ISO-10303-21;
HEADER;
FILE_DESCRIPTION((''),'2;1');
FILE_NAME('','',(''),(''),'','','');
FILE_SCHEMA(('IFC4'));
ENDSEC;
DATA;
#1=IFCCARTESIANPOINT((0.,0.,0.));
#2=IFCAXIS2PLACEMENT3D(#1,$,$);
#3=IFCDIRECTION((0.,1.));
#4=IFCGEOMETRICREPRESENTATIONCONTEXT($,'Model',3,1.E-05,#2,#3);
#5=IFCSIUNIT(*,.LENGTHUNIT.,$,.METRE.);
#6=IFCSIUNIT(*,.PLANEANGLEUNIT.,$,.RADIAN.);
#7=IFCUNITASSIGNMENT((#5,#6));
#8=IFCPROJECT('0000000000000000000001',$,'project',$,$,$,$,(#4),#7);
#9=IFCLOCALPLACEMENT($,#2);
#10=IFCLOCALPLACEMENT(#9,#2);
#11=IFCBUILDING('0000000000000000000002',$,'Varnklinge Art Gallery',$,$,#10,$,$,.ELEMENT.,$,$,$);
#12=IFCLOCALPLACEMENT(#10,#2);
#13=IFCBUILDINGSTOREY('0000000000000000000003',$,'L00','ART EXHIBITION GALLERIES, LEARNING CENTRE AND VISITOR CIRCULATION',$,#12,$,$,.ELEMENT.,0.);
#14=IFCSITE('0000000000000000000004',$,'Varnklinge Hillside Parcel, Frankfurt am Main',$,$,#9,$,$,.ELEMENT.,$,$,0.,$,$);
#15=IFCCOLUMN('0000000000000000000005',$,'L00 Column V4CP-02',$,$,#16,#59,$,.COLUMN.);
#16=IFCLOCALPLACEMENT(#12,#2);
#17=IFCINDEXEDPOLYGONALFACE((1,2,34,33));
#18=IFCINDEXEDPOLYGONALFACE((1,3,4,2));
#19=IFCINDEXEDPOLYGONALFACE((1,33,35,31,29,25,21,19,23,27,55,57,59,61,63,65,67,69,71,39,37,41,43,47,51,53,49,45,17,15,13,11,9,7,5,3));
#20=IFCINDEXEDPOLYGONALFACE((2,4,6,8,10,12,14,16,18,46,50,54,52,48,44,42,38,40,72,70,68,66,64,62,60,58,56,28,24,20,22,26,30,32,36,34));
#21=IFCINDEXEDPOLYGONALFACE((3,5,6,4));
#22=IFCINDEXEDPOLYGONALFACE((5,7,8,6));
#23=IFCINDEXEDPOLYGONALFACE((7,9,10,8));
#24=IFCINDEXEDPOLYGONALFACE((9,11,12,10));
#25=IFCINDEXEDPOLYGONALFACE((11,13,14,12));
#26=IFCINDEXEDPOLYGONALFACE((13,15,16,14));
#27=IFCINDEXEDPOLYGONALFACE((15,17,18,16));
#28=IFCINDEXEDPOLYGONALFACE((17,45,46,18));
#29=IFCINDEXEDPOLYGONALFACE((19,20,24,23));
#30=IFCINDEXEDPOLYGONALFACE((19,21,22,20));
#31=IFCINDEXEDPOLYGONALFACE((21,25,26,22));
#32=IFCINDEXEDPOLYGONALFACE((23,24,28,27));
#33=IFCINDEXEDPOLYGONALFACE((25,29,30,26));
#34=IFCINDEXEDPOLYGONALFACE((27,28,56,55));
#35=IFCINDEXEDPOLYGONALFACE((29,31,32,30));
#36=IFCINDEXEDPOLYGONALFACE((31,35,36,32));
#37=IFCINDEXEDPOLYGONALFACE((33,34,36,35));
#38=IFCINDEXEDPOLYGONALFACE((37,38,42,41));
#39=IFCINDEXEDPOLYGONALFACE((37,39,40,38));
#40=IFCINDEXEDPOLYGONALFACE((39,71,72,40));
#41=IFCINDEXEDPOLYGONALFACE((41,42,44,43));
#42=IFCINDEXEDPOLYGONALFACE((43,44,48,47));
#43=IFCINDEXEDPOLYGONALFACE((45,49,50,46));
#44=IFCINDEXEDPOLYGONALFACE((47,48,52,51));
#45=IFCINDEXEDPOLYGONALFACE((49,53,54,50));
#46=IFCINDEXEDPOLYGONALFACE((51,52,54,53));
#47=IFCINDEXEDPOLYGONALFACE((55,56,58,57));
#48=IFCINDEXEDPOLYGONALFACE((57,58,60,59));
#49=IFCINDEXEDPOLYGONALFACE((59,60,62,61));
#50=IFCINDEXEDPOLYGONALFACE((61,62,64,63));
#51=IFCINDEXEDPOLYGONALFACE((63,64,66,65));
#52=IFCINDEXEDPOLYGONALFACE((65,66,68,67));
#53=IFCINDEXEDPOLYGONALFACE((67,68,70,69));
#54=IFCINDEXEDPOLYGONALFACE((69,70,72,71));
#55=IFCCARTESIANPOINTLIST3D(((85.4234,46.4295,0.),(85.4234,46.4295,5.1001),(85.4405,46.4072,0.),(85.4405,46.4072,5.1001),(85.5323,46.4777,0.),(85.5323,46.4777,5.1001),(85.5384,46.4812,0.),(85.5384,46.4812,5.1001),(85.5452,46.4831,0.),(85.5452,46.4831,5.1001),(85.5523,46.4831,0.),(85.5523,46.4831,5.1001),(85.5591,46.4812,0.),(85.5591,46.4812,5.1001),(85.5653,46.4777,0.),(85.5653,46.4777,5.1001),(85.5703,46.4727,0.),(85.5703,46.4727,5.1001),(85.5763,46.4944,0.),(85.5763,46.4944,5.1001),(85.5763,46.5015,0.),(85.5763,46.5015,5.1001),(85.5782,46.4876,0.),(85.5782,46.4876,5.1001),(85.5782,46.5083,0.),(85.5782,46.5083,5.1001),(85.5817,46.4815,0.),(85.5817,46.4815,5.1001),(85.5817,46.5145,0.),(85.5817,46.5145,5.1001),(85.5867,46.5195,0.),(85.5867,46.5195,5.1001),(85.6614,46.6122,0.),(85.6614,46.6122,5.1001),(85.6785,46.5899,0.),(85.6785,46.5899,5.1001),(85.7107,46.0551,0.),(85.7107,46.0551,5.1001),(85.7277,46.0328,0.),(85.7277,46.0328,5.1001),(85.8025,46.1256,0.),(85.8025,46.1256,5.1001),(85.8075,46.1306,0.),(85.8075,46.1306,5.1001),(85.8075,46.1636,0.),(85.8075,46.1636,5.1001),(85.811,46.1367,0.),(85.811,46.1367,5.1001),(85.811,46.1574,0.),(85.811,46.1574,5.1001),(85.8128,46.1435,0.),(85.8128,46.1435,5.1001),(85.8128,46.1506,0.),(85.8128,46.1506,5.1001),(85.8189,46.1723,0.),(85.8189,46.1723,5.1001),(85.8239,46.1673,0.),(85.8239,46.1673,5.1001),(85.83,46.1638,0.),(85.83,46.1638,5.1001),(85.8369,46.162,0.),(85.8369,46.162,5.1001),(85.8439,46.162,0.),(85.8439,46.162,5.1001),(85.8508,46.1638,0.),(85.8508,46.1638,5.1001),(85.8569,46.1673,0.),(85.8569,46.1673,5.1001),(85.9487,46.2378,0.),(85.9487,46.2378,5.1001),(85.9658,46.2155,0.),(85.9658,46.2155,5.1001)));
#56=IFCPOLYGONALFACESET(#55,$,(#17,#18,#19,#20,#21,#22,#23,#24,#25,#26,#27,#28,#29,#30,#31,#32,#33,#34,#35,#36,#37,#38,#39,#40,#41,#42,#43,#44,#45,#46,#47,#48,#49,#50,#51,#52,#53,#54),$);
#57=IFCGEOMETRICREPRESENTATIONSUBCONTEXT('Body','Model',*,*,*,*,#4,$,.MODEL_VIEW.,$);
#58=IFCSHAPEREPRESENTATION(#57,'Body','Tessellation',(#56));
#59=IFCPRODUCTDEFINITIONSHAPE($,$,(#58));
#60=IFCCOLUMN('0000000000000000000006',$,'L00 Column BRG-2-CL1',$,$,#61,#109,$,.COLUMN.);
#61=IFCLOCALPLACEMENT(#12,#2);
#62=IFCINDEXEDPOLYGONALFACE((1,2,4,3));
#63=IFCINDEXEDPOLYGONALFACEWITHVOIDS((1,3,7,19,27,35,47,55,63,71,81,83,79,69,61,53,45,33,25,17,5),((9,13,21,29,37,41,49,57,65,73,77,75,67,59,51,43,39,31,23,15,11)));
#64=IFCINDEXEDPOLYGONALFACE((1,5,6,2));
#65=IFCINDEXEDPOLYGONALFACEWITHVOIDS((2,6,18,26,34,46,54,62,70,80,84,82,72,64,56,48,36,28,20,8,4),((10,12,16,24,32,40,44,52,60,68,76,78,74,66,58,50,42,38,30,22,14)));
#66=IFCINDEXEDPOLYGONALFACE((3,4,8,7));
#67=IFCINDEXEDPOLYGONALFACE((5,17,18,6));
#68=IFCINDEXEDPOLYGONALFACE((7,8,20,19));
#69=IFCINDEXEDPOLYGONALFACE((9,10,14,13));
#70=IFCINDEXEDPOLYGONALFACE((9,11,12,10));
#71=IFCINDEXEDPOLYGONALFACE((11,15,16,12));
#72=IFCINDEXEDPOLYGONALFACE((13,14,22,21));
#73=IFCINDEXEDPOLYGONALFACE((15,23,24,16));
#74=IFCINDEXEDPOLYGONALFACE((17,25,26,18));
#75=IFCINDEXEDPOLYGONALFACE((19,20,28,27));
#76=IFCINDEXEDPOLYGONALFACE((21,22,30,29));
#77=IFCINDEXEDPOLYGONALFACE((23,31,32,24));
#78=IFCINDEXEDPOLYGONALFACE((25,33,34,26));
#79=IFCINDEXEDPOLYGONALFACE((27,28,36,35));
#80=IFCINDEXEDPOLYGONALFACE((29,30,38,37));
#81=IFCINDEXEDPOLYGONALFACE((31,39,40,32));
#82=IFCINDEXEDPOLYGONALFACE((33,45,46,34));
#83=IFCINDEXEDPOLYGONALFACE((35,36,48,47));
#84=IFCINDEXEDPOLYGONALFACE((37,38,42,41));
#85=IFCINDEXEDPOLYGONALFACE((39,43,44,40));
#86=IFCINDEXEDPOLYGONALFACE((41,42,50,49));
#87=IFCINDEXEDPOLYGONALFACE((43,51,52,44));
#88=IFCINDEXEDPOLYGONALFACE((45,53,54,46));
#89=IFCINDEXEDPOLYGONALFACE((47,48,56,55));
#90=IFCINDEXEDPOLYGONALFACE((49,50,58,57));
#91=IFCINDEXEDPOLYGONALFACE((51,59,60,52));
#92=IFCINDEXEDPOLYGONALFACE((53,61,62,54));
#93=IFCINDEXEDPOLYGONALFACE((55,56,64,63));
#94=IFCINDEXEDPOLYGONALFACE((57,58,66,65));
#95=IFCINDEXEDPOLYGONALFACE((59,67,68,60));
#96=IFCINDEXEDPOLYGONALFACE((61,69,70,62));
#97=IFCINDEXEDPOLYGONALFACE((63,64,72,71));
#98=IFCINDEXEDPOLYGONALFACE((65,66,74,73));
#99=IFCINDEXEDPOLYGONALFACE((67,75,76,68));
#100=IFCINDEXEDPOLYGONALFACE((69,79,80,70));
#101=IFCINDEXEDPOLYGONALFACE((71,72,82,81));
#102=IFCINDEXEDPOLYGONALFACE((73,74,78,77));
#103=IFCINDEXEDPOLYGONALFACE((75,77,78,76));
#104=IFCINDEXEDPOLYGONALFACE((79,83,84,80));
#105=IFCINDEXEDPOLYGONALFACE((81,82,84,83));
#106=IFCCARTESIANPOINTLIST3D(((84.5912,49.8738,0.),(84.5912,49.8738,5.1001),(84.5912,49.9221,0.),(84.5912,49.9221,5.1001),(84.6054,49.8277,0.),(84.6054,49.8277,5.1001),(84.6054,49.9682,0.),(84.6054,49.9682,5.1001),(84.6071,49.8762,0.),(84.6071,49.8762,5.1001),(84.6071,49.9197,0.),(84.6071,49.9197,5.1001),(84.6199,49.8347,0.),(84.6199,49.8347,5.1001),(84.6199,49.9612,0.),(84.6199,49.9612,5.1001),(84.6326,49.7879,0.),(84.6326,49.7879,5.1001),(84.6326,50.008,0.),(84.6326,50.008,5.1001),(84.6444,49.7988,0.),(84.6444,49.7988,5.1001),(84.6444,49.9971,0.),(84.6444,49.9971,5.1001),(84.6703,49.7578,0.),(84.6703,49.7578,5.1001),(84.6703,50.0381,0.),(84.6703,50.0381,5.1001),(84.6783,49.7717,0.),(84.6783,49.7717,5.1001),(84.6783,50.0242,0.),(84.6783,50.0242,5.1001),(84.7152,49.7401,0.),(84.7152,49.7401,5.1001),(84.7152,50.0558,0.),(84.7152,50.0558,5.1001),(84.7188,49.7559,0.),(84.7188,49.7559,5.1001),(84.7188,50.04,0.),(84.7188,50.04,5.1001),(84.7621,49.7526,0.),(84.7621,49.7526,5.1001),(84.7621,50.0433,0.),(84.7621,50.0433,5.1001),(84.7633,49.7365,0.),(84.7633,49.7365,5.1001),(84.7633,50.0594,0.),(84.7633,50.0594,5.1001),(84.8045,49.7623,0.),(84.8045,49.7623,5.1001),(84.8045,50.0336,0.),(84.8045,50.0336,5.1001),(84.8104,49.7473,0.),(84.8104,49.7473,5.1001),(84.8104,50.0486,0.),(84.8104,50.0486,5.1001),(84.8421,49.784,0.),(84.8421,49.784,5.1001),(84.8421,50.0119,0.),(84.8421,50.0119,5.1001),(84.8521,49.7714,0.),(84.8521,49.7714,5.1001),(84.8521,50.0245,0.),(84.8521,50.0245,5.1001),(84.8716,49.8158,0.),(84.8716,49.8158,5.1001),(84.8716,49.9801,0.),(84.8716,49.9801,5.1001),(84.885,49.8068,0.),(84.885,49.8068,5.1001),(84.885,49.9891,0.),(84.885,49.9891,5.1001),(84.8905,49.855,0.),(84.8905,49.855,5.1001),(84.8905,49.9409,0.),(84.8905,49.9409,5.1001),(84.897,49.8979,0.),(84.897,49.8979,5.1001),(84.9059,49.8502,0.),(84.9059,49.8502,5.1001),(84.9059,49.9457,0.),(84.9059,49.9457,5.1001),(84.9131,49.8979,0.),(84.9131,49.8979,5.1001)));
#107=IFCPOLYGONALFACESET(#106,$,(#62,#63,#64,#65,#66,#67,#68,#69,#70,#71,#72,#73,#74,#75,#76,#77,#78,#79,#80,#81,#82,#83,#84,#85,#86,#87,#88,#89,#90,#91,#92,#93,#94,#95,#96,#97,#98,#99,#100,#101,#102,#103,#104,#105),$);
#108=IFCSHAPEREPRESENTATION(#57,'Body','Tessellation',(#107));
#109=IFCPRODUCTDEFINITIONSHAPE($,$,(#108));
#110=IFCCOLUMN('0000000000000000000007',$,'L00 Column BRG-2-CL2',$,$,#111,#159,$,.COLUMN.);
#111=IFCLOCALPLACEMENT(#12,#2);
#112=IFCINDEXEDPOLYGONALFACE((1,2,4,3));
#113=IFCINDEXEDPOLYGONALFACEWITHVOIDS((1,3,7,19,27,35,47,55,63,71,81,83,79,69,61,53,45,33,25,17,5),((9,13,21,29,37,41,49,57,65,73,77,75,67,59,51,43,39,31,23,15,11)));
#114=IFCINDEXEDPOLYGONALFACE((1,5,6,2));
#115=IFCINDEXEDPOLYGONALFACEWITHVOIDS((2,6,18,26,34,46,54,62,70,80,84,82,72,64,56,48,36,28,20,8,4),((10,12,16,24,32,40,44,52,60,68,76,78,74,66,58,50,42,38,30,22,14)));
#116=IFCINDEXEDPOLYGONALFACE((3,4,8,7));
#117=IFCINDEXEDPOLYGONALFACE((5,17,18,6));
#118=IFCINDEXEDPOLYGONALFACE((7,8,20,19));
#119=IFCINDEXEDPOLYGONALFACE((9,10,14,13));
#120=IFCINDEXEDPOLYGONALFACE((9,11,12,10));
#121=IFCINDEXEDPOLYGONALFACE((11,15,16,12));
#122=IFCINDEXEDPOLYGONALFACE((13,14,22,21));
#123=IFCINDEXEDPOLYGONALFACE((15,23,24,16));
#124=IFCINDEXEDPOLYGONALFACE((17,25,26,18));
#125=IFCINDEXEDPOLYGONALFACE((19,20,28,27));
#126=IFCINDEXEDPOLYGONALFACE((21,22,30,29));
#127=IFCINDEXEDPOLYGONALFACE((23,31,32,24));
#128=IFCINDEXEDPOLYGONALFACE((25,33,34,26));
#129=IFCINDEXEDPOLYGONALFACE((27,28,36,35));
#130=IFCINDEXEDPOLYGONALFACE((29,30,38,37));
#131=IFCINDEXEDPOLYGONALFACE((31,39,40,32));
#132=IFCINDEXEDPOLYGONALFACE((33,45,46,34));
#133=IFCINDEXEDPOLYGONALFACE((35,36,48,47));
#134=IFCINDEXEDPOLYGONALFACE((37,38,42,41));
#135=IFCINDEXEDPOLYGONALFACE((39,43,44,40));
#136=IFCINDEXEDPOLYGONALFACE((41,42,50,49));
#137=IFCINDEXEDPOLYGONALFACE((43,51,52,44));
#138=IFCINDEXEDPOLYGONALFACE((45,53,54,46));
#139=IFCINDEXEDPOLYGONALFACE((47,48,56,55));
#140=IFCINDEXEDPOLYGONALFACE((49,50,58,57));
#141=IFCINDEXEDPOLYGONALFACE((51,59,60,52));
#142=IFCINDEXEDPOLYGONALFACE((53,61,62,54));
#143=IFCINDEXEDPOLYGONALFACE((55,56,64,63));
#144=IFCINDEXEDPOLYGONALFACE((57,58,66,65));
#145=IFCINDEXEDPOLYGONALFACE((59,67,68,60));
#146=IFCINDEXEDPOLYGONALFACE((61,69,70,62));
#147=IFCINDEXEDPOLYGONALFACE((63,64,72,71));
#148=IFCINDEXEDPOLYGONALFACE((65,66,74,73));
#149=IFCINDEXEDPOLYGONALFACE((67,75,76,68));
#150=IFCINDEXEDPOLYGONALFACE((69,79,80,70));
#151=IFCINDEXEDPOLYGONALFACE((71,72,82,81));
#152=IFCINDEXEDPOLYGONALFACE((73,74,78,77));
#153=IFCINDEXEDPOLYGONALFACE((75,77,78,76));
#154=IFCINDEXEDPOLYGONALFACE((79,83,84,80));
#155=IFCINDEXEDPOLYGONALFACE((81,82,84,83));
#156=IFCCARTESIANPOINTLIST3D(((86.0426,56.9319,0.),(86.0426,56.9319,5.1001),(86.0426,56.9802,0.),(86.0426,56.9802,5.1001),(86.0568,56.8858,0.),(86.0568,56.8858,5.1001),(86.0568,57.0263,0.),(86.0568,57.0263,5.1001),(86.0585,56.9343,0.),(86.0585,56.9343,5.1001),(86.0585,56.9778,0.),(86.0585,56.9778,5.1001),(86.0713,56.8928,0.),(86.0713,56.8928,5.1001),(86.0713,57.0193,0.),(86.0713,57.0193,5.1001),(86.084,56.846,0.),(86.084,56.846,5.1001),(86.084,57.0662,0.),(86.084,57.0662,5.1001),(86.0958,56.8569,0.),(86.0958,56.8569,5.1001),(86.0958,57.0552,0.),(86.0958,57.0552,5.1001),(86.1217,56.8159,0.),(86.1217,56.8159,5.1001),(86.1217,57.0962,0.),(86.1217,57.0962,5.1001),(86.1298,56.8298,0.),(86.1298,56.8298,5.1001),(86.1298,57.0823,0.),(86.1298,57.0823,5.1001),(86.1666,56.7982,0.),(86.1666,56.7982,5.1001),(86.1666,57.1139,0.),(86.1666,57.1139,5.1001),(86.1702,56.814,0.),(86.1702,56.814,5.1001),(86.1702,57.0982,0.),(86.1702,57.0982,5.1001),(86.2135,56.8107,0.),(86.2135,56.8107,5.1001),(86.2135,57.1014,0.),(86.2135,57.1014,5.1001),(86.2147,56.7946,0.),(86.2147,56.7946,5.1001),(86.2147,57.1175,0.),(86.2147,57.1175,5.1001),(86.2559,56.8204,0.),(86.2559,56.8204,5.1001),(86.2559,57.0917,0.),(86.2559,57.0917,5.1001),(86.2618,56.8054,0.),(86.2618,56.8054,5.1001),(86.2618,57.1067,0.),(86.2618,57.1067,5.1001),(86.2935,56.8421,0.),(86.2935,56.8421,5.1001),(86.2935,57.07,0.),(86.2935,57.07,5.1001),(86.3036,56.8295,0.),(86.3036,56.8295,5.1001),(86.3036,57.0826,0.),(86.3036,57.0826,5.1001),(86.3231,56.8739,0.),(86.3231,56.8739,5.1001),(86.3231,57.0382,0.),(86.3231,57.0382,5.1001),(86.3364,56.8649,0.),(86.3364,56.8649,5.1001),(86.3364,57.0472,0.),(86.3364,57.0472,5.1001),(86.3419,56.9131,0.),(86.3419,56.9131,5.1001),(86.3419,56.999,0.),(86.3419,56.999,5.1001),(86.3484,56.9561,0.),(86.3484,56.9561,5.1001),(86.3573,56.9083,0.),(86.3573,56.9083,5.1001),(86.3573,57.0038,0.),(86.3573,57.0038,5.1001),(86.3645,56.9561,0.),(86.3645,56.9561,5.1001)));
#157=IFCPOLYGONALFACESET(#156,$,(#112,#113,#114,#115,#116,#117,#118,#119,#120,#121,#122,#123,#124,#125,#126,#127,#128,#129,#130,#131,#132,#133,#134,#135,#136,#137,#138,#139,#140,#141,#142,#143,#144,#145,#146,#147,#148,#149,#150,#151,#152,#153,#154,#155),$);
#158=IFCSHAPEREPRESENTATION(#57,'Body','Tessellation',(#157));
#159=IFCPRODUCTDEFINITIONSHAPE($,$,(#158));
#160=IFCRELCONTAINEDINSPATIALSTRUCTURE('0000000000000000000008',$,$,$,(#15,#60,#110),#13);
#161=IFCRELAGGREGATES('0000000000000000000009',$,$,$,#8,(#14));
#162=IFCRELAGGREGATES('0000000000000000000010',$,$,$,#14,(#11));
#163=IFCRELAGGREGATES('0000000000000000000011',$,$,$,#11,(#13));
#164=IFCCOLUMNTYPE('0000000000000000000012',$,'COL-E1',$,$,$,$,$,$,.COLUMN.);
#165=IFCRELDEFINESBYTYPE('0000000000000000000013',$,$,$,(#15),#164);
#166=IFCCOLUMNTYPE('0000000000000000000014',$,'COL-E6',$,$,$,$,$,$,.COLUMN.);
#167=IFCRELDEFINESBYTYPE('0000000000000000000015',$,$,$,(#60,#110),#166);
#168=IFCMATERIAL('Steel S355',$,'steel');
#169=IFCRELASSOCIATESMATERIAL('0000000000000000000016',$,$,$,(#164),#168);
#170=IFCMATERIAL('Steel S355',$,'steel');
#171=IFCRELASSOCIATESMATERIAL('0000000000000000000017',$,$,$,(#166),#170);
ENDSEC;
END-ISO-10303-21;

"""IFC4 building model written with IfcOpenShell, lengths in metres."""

from ifc_helpers import new_model, si_unit, direction, frame, origin, origin_2d, place, context, subcontext, project, spatial, hollow_circle, i_section, extrude, material, material_profile, profile_set, type_object, element, save


model = new_model("IFC4")

# Units and contexts
model_context = context("Model", 3, precision=1e-05, world=origin(), true_north=direction((0.0, 1.0)))
body_context = subcontext(model_context, "Body", "Model", "MODEL_VIEW")
ifc_project = project(units=[si_unit("LENGTHUNIT", "METRE"), si_unit("PLANEANGLEUNIT", "RADIAN")], contexts=[model_context])

# Site, building, storey
site_placement = place(None, origin())
site = spatial("IfcSite", under=ifc_project, at=site_placement, Name="Varnklinge Hillside Parcel, Frankfurt am Main", CompositionType="ELEMENT", RefElevation=0.0)
building_placement = place(site_placement, origin())
building = spatial("IfcBuilding", under=site, at=building_placement, Name="Varnklinge Art Gallery", CompositionType="ELEMENT")
storey_placement = place(building_placement, origin())
storey = spatial("IfcBuildingStorey", under=building, at=storey_placement, Name="L00", Description="ART EXHIBITION GALLERIES, LEARNING CENTRE AND VISITOR CIRCULATION", CompositionType="ELEMENT", Elevation=0.0)

# Columns
ifc_material_1 = material(Name="Steel S355", Category="steel")
ifc_material_profile_1 = material_profile(ifc_material_1, i_section(OverallWidth=0.3, OverallDepth=0.5, WebThickness=0.0144, FlangeThickness=0.0281, FilletRadius=0.0271, at=origin_2d()), Name="HEB 500")
ifc_profile_set_1 = profile_set([ifc_material_profile_1], Name="Steel S355")
column_type_1 = type_object("IfcColumnType", Name="COL-E1", PredefinedType="COLUMN", material=ifc_profile_set_1)
column_placement = place(storey_placement, frame((85.6946, 46.3225, 0.0), z_axis=(0.0, 0.0, 1.0), x_axis=(0.793353, 0.608761, 0.0)))
element("IfcColumn", 1, at=column_placement, inside=storey, type_object=column_type_1, Name="L00 Column V4CP-02", PredefinedType="COLUMN", context=body_context, shape_type="SweptSolid", body=[
    extrude(i_section(OverallWidth=0.3, OverallDepth=0.5, WebThickness=0.0144, FlangeThickness=0.0281, FilletRadius=0.0271, at=origin_2d()), origin(), (0.0, 0.0, 1.0), 5.1001),
])
ifc_material_2 = material(Name="Steel S355", Category="steel")
ifc_material_profile_2 = material_profile(ifc_material_2, hollow_circle(Radius=0.1619, WallThickness=0.0161, at=origin_2d()), Name="CHS 323.9x16")
ifc_profile_set_2 = profile_set([ifc_material_profile_2], Name="Steel S355")
column_type_2 = type_object("IfcColumnType", Name="COL-E6", PredefinedType="COLUMN", material=ifc_profile_set_2)
for number, where, z_axis, x_axis, name in (
    (2, (84.7512, 49.8979, 0.0), (0.0, 0.0, 1.0), (1.0, 0.0, 0.0), "L00 Column BRG-2-CL1"),
    (3, (86.2026, 56.9561, 0.0), (0.0, 0.0, 1.0), (1.0, 0.0, 0.0), "L00 Column BRG-2-CL2"),
):
    element("IfcColumn", number, at=place(storey_placement, frame(where, z_axis=z_axis, x_axis=x_axis)), inside=storey, type_object=column_type_2, Name=name, PredefinedType="COLUMN", context=body_context, shape_type="SweptSolid", body=[
        extrude(hollow_circle(Radius=0.1619, WallThickness=0.0161, at=origin_2d()), origin(), (0.0, 0.0, 1.0), 5.1001),
    ])

save(model, "model.ifc")
